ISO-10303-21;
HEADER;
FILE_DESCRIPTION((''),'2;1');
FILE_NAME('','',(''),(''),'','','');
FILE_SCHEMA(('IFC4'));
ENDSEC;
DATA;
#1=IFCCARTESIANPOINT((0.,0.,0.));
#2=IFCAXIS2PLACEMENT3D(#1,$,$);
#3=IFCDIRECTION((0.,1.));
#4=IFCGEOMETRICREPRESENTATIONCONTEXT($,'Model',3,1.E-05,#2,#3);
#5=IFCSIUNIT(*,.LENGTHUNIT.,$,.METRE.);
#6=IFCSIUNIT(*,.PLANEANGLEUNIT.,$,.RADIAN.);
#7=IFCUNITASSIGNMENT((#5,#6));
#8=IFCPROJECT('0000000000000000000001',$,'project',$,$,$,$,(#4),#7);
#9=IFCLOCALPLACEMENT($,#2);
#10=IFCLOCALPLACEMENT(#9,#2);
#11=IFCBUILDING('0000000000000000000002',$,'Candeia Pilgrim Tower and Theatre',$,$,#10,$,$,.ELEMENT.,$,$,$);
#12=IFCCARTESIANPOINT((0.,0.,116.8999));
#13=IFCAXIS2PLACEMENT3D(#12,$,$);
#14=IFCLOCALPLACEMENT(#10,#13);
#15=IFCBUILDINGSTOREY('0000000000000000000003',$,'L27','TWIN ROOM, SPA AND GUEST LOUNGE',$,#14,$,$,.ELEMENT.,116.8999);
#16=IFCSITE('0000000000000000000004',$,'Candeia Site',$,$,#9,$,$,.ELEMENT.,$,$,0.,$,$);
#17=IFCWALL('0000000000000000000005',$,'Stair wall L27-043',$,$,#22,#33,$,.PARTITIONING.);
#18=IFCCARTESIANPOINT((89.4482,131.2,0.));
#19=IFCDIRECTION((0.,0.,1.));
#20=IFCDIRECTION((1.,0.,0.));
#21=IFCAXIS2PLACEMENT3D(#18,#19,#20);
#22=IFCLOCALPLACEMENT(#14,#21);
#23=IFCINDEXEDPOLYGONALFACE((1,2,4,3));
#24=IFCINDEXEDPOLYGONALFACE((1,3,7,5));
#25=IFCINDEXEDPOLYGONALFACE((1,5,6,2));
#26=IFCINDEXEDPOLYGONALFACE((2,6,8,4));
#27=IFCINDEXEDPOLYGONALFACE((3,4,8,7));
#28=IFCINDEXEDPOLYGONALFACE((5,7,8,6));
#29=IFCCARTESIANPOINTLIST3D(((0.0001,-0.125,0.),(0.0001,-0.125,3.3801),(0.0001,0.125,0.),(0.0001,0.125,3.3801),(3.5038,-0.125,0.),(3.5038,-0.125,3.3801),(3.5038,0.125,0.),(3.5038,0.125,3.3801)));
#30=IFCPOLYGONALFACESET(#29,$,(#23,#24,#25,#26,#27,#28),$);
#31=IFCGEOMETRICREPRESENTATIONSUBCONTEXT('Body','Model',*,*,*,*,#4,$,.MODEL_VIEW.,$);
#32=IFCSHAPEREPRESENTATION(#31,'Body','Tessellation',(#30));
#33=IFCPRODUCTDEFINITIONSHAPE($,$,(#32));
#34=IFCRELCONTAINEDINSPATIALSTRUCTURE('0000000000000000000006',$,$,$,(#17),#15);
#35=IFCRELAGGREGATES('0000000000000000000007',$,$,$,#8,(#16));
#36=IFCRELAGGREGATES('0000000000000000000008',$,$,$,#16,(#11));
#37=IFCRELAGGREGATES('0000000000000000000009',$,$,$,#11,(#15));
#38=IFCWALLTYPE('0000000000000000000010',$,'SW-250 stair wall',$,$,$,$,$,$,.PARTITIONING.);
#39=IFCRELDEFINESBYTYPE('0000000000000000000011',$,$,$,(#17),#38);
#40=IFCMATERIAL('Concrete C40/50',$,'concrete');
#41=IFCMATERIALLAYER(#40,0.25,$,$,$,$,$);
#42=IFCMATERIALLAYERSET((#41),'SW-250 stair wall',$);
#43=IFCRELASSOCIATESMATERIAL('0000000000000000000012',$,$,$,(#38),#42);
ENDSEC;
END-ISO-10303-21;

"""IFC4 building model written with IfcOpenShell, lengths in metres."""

from ifc_helpers import new_model, si_unit, direction, frame, frame_2d, origin, place, context, subcontext, project, spatial, rectangle, extrude, material, layer, layer_set, type_object, element, save


model = new_model("IFC4")

# Units and contexts
model_context = context("Model", 3, precision=1e-05, world=origin(), true_north=direction((0.0, 1.0)))
body_context = subcontext(model_context, "Body", "Model", "MODEL_VIEW")
ifc_project = project(units=[si_unit("LENGTHUNIT", "METRE"), si_unit("PLANEANGLEUNIT", "RADIAN")], contexts=[model_context])

# Site, building, storey
site_placement = place(None, origin())
site = spatial("IfcSite", under=ifc_project, at=site_placement, Name="Candeia Site", CompositionType="ELEMENT", RefElevation=0.0)
building_placement = place(site_placement, origin())
building = spatial("IfcBuilding", under=site, at=building_placement, Name="Candeia Pilgrim Tower and Theatre", CompositionType="ELEMENT")
storey_placement = place(building_placement, frame((0.0, 0.0, 116.8999)))
storey = spatial("IfcBuildingStorey", under=building, at=storey_placement, Name="L27", Description="TWIN ROOM, SPA AND GUEST LOUNGE", CompositionType="ELEMENT", Elevation=116.8999)

# Wall
ifc_material_1 = material(Name="Concrete C40/50", Category="concrete")
ifc_layer_1 = layer(ifc_material_1, 0.25)
ifc_layer_set_1 = layer_set([ifc_layer_1], Name="SW-250 stair wall")
wall_type_1 = type_object("IfcWallType", Name="SW-250 stair wall", PredefinedType="PARTITIONING", material=ifc_layer_set_1)
wall_1_placement = place(storey_placement, frame((89.4482, 131.2, 0.0), z_axis=(0.0, 0.0, 1.0), x_axis=(1.0, 0.0, 0.0)))
element("IfcWall", 1, at=wall_1_placement, inside=storey, type_object=wall_type_1, Name="Stair wall L27-043", PredefinedType="PARTITIONING", context=body_context, shape_type="SweptSolid", body=[
    extrude(rectangle(XDim=3.5037, YDim=0.25, at=frame_2d((1.752, 0.0))), origin(), (0.0, 0.0, 1.0), 3.3801),
])

save(model, "model.ifc")
